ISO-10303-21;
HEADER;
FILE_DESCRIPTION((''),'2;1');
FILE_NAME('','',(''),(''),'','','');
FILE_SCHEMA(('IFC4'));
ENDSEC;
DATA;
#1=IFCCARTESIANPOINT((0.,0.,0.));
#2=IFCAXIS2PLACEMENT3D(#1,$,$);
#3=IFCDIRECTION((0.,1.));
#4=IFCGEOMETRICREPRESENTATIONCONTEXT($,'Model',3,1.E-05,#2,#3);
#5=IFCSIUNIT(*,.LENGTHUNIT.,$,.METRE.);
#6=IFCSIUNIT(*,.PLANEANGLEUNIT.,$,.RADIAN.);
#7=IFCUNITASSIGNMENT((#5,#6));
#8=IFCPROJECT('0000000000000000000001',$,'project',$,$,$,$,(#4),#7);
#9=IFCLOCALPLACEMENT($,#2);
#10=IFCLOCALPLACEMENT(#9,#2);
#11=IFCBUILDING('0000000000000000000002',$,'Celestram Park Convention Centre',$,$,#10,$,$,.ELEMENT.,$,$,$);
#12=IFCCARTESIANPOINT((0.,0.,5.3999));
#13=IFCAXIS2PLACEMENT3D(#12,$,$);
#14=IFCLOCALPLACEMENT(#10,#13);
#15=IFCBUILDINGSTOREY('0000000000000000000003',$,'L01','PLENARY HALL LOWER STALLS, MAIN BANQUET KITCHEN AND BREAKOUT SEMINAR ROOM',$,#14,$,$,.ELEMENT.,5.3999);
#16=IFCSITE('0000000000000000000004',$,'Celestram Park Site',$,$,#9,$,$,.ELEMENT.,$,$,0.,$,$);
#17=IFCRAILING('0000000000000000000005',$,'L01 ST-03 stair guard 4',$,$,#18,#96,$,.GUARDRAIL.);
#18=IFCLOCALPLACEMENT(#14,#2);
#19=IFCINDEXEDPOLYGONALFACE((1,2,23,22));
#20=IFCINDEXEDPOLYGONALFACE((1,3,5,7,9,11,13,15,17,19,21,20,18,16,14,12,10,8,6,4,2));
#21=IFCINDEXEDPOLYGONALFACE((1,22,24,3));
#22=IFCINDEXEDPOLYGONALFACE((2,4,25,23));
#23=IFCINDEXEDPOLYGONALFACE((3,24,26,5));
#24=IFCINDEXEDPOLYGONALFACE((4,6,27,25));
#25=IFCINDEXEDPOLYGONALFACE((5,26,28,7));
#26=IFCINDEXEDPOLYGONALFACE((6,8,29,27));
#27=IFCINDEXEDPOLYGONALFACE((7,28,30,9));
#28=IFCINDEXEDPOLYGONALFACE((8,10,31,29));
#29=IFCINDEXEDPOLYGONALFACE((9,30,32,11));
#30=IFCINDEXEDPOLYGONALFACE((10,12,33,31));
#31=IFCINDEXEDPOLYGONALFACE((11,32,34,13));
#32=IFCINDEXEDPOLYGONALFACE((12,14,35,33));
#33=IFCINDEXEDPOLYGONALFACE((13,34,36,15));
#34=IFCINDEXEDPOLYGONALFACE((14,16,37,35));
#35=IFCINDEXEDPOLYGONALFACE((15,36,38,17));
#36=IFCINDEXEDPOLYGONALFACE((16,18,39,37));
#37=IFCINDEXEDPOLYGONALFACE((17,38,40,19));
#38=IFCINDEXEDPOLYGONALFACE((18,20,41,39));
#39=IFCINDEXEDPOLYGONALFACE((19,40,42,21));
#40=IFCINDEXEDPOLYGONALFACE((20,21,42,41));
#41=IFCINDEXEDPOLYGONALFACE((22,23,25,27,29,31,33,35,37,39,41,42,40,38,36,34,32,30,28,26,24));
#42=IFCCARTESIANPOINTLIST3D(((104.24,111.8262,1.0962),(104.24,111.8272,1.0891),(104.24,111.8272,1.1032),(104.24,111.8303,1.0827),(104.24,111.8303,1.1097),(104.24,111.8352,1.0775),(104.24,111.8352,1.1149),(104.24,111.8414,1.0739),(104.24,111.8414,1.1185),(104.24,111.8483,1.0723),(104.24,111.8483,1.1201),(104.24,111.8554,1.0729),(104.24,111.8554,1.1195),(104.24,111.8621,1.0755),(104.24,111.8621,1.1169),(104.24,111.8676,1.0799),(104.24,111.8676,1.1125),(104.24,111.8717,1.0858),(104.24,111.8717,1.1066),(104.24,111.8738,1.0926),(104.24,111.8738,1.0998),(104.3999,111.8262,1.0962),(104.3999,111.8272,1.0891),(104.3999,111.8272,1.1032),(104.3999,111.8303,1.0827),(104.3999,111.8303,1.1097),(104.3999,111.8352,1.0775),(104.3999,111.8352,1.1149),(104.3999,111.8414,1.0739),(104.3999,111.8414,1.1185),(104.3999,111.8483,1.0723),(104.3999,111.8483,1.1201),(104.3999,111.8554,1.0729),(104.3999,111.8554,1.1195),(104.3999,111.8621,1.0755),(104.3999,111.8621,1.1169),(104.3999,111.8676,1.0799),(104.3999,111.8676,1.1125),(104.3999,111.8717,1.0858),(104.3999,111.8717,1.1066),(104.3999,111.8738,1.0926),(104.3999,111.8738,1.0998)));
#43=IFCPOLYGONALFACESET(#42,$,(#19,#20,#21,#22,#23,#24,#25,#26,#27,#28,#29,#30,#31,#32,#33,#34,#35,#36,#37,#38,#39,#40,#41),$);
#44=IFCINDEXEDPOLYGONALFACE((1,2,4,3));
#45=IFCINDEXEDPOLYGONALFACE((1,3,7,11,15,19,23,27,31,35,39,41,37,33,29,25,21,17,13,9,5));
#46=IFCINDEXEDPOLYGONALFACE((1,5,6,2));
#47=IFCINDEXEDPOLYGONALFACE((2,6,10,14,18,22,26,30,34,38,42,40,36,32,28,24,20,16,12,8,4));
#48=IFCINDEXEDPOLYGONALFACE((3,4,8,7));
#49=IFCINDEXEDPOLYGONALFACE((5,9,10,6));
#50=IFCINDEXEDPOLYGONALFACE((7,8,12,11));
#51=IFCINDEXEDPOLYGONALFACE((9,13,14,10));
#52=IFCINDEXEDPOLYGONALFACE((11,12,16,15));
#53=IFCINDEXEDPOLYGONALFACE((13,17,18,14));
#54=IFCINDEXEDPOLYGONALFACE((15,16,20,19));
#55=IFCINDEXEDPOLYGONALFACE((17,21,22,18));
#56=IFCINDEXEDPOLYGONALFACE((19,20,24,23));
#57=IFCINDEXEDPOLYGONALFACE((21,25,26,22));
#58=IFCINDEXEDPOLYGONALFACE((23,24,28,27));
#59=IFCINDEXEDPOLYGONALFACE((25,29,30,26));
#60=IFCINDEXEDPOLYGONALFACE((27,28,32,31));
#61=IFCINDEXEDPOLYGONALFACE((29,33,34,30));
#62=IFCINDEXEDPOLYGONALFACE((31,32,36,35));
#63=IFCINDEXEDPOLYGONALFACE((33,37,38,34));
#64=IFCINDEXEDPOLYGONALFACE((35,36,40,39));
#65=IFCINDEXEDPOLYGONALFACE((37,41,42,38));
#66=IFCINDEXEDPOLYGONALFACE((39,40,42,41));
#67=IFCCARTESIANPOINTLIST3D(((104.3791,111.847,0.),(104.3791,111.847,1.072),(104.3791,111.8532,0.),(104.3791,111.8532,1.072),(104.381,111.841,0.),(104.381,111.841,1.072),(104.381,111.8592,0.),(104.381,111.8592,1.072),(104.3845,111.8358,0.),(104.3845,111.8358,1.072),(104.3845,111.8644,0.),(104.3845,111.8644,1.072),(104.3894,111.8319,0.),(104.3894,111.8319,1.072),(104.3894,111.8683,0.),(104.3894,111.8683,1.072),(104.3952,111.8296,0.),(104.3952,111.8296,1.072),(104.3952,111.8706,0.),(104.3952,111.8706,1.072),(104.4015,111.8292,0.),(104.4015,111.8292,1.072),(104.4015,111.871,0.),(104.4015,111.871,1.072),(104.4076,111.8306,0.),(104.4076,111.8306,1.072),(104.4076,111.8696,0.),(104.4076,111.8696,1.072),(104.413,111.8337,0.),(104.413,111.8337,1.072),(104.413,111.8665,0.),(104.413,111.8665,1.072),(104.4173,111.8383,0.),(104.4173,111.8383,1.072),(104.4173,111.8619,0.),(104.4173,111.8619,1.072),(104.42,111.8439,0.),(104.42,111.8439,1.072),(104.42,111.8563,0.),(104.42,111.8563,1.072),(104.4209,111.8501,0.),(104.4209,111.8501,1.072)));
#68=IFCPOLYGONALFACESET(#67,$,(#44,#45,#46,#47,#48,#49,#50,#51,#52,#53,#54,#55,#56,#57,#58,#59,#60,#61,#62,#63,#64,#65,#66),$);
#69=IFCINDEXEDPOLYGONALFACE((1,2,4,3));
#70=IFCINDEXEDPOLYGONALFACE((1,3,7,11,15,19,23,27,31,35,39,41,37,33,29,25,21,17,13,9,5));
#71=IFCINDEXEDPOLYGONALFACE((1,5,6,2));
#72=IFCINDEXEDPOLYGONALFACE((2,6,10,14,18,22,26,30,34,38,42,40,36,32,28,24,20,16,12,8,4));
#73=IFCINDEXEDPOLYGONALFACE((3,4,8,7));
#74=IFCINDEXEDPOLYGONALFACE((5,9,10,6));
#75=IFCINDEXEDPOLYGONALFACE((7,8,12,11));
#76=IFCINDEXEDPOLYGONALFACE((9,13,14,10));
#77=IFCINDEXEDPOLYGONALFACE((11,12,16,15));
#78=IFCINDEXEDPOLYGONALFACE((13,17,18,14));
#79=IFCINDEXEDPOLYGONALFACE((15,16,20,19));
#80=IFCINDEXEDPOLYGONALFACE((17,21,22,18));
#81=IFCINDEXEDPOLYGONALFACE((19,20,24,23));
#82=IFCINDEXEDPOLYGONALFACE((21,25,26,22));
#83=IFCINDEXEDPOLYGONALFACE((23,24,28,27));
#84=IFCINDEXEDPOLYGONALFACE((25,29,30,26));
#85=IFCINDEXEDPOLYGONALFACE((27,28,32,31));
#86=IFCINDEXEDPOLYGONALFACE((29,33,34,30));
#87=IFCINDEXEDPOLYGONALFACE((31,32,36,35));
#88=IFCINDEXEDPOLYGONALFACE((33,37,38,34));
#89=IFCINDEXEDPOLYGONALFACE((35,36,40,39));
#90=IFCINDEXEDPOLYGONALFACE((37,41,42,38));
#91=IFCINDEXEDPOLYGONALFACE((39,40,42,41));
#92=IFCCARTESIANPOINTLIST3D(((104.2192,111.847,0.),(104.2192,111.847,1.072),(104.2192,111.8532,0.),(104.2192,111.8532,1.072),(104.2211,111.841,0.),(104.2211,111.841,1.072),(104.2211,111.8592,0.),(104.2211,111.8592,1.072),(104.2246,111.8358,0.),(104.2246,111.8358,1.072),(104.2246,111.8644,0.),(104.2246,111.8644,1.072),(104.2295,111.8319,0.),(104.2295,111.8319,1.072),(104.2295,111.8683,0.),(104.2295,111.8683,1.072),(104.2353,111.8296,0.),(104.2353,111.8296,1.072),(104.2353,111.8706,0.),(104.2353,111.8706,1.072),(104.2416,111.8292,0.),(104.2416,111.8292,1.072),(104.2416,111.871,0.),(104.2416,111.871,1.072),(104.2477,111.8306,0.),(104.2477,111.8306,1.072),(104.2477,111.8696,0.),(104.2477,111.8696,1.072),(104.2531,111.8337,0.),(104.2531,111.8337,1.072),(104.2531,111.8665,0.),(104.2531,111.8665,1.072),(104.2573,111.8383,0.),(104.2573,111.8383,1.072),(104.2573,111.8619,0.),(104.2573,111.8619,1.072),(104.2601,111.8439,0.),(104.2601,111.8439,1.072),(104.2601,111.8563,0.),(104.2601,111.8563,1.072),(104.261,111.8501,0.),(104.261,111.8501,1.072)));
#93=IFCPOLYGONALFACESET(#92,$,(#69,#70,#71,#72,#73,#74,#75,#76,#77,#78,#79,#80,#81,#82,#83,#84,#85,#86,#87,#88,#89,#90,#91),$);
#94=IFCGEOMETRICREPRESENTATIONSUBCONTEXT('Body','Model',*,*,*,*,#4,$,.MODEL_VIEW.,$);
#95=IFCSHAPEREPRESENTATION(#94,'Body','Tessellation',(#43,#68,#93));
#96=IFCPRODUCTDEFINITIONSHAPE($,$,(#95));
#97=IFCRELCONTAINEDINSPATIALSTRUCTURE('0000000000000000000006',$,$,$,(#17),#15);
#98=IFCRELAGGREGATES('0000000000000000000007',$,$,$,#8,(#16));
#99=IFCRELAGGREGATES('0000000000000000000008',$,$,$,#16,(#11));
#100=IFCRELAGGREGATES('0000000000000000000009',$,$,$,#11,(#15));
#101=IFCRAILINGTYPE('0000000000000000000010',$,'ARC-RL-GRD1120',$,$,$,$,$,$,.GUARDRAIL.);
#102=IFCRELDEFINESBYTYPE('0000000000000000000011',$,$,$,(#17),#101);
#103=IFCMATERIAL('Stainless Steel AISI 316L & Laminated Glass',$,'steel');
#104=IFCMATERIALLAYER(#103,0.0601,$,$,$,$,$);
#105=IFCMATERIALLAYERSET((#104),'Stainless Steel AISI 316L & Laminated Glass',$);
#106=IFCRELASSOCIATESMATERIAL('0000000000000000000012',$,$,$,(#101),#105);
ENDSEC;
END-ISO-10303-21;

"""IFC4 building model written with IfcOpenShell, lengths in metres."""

from ifc_helpers import new_model, si_unit, direction, frame, origin, origin_2d, place, context, subcontext, project, spatial, circle, extrude, material, layer, layer_set, type_object, element, save


model = new_model("IFC4")

# Units and contexts
model_context = context("Model", 3, precision=1e-05, world=origin(), true_north=direction((0.0, 1.0)))
body_context = subcontext(model_context, "Body", "Model", "MODEL_VIEW")
ifc_project = project(units=[si_unit("LENGTHUNIT", "METRE"), si_unit("PLANEANGLEUNIT", "RADIAN")], contexts=[model_context])

# Site, building, storey
site_placement = place(None, origin())
site = spatial("IfcSite", under=ifc_project, at=site_placement, Name="Celestram Park Site", CompositionType="ELEMENT", RefElevation=0.0)
building_placement = place(site_placement, origin())
building = spatial("IfcBuilding", under=site, at=building_placement, Name="Celestram Park Convention Centre", CompositionType="ELEMENT")
storey_placement = place(building_placement, frame((0.0, 0.0, 5.3999)))
storey = spatial("IfcBuildingStorey", under=building, at=storey_placement, Name="L01", Description="PLENARY HALL LOWER STALLS, MAIN BANQUET KITCHEN AND BREAKOUT SEMINAR ROOM", CompositionType="ELEMENT", Elevation=5.3999)

# Railing
ifc_material_1 = material(Name="Stainless Steel AISI 316L & Laminated Glass", Category="steel")
ifc_layer_1 = layer(ifc_material_1, 0.0601)
ifc_layer_set_1 = layer_set([ifc_layer_1], Name="Stainless Steel AISI 316L & Laminated Glass")
railing_type_1 = type_object("IfcRailingType", Name="ARC-RL-GRD1120", PredefinedType="GUARDRAIL", material=ifc_layer_set_1)
railing_1_placement = place(storey_placement, frame((104.3999, 111.8501, 0.0)))
element("IfcRailing", 1, at=railing_1_placement, inside=storey, type_object=railing_type_1, Name="L01 ST-03 stair guard 4", PredefinedType="GUARDRAIL", context=body_context, shape_type="SweptSolid", body=[
    extrude(circle(Radius=0.0239, at=origin_2d()), frame((0.0, 0.0, 1.0962), z_axis=(-1.0, 0.0, 0.0), x_axis=(0.0, -1.0, 0.0)), (0.0, 0.0, 1.0), 0.1599),
    extrude(circle(Radius=0.021, at=origin_2d()), origin(), (0.0, 0.0, 1.0), 1.072),
    extrude(circle(Radius=0.021, at=origin_2d()), frame((-0.1599, 0.0, 0.0)), (0.0, 0.0, 1.0), 1.072),
])

save(model, "model.ifc")
